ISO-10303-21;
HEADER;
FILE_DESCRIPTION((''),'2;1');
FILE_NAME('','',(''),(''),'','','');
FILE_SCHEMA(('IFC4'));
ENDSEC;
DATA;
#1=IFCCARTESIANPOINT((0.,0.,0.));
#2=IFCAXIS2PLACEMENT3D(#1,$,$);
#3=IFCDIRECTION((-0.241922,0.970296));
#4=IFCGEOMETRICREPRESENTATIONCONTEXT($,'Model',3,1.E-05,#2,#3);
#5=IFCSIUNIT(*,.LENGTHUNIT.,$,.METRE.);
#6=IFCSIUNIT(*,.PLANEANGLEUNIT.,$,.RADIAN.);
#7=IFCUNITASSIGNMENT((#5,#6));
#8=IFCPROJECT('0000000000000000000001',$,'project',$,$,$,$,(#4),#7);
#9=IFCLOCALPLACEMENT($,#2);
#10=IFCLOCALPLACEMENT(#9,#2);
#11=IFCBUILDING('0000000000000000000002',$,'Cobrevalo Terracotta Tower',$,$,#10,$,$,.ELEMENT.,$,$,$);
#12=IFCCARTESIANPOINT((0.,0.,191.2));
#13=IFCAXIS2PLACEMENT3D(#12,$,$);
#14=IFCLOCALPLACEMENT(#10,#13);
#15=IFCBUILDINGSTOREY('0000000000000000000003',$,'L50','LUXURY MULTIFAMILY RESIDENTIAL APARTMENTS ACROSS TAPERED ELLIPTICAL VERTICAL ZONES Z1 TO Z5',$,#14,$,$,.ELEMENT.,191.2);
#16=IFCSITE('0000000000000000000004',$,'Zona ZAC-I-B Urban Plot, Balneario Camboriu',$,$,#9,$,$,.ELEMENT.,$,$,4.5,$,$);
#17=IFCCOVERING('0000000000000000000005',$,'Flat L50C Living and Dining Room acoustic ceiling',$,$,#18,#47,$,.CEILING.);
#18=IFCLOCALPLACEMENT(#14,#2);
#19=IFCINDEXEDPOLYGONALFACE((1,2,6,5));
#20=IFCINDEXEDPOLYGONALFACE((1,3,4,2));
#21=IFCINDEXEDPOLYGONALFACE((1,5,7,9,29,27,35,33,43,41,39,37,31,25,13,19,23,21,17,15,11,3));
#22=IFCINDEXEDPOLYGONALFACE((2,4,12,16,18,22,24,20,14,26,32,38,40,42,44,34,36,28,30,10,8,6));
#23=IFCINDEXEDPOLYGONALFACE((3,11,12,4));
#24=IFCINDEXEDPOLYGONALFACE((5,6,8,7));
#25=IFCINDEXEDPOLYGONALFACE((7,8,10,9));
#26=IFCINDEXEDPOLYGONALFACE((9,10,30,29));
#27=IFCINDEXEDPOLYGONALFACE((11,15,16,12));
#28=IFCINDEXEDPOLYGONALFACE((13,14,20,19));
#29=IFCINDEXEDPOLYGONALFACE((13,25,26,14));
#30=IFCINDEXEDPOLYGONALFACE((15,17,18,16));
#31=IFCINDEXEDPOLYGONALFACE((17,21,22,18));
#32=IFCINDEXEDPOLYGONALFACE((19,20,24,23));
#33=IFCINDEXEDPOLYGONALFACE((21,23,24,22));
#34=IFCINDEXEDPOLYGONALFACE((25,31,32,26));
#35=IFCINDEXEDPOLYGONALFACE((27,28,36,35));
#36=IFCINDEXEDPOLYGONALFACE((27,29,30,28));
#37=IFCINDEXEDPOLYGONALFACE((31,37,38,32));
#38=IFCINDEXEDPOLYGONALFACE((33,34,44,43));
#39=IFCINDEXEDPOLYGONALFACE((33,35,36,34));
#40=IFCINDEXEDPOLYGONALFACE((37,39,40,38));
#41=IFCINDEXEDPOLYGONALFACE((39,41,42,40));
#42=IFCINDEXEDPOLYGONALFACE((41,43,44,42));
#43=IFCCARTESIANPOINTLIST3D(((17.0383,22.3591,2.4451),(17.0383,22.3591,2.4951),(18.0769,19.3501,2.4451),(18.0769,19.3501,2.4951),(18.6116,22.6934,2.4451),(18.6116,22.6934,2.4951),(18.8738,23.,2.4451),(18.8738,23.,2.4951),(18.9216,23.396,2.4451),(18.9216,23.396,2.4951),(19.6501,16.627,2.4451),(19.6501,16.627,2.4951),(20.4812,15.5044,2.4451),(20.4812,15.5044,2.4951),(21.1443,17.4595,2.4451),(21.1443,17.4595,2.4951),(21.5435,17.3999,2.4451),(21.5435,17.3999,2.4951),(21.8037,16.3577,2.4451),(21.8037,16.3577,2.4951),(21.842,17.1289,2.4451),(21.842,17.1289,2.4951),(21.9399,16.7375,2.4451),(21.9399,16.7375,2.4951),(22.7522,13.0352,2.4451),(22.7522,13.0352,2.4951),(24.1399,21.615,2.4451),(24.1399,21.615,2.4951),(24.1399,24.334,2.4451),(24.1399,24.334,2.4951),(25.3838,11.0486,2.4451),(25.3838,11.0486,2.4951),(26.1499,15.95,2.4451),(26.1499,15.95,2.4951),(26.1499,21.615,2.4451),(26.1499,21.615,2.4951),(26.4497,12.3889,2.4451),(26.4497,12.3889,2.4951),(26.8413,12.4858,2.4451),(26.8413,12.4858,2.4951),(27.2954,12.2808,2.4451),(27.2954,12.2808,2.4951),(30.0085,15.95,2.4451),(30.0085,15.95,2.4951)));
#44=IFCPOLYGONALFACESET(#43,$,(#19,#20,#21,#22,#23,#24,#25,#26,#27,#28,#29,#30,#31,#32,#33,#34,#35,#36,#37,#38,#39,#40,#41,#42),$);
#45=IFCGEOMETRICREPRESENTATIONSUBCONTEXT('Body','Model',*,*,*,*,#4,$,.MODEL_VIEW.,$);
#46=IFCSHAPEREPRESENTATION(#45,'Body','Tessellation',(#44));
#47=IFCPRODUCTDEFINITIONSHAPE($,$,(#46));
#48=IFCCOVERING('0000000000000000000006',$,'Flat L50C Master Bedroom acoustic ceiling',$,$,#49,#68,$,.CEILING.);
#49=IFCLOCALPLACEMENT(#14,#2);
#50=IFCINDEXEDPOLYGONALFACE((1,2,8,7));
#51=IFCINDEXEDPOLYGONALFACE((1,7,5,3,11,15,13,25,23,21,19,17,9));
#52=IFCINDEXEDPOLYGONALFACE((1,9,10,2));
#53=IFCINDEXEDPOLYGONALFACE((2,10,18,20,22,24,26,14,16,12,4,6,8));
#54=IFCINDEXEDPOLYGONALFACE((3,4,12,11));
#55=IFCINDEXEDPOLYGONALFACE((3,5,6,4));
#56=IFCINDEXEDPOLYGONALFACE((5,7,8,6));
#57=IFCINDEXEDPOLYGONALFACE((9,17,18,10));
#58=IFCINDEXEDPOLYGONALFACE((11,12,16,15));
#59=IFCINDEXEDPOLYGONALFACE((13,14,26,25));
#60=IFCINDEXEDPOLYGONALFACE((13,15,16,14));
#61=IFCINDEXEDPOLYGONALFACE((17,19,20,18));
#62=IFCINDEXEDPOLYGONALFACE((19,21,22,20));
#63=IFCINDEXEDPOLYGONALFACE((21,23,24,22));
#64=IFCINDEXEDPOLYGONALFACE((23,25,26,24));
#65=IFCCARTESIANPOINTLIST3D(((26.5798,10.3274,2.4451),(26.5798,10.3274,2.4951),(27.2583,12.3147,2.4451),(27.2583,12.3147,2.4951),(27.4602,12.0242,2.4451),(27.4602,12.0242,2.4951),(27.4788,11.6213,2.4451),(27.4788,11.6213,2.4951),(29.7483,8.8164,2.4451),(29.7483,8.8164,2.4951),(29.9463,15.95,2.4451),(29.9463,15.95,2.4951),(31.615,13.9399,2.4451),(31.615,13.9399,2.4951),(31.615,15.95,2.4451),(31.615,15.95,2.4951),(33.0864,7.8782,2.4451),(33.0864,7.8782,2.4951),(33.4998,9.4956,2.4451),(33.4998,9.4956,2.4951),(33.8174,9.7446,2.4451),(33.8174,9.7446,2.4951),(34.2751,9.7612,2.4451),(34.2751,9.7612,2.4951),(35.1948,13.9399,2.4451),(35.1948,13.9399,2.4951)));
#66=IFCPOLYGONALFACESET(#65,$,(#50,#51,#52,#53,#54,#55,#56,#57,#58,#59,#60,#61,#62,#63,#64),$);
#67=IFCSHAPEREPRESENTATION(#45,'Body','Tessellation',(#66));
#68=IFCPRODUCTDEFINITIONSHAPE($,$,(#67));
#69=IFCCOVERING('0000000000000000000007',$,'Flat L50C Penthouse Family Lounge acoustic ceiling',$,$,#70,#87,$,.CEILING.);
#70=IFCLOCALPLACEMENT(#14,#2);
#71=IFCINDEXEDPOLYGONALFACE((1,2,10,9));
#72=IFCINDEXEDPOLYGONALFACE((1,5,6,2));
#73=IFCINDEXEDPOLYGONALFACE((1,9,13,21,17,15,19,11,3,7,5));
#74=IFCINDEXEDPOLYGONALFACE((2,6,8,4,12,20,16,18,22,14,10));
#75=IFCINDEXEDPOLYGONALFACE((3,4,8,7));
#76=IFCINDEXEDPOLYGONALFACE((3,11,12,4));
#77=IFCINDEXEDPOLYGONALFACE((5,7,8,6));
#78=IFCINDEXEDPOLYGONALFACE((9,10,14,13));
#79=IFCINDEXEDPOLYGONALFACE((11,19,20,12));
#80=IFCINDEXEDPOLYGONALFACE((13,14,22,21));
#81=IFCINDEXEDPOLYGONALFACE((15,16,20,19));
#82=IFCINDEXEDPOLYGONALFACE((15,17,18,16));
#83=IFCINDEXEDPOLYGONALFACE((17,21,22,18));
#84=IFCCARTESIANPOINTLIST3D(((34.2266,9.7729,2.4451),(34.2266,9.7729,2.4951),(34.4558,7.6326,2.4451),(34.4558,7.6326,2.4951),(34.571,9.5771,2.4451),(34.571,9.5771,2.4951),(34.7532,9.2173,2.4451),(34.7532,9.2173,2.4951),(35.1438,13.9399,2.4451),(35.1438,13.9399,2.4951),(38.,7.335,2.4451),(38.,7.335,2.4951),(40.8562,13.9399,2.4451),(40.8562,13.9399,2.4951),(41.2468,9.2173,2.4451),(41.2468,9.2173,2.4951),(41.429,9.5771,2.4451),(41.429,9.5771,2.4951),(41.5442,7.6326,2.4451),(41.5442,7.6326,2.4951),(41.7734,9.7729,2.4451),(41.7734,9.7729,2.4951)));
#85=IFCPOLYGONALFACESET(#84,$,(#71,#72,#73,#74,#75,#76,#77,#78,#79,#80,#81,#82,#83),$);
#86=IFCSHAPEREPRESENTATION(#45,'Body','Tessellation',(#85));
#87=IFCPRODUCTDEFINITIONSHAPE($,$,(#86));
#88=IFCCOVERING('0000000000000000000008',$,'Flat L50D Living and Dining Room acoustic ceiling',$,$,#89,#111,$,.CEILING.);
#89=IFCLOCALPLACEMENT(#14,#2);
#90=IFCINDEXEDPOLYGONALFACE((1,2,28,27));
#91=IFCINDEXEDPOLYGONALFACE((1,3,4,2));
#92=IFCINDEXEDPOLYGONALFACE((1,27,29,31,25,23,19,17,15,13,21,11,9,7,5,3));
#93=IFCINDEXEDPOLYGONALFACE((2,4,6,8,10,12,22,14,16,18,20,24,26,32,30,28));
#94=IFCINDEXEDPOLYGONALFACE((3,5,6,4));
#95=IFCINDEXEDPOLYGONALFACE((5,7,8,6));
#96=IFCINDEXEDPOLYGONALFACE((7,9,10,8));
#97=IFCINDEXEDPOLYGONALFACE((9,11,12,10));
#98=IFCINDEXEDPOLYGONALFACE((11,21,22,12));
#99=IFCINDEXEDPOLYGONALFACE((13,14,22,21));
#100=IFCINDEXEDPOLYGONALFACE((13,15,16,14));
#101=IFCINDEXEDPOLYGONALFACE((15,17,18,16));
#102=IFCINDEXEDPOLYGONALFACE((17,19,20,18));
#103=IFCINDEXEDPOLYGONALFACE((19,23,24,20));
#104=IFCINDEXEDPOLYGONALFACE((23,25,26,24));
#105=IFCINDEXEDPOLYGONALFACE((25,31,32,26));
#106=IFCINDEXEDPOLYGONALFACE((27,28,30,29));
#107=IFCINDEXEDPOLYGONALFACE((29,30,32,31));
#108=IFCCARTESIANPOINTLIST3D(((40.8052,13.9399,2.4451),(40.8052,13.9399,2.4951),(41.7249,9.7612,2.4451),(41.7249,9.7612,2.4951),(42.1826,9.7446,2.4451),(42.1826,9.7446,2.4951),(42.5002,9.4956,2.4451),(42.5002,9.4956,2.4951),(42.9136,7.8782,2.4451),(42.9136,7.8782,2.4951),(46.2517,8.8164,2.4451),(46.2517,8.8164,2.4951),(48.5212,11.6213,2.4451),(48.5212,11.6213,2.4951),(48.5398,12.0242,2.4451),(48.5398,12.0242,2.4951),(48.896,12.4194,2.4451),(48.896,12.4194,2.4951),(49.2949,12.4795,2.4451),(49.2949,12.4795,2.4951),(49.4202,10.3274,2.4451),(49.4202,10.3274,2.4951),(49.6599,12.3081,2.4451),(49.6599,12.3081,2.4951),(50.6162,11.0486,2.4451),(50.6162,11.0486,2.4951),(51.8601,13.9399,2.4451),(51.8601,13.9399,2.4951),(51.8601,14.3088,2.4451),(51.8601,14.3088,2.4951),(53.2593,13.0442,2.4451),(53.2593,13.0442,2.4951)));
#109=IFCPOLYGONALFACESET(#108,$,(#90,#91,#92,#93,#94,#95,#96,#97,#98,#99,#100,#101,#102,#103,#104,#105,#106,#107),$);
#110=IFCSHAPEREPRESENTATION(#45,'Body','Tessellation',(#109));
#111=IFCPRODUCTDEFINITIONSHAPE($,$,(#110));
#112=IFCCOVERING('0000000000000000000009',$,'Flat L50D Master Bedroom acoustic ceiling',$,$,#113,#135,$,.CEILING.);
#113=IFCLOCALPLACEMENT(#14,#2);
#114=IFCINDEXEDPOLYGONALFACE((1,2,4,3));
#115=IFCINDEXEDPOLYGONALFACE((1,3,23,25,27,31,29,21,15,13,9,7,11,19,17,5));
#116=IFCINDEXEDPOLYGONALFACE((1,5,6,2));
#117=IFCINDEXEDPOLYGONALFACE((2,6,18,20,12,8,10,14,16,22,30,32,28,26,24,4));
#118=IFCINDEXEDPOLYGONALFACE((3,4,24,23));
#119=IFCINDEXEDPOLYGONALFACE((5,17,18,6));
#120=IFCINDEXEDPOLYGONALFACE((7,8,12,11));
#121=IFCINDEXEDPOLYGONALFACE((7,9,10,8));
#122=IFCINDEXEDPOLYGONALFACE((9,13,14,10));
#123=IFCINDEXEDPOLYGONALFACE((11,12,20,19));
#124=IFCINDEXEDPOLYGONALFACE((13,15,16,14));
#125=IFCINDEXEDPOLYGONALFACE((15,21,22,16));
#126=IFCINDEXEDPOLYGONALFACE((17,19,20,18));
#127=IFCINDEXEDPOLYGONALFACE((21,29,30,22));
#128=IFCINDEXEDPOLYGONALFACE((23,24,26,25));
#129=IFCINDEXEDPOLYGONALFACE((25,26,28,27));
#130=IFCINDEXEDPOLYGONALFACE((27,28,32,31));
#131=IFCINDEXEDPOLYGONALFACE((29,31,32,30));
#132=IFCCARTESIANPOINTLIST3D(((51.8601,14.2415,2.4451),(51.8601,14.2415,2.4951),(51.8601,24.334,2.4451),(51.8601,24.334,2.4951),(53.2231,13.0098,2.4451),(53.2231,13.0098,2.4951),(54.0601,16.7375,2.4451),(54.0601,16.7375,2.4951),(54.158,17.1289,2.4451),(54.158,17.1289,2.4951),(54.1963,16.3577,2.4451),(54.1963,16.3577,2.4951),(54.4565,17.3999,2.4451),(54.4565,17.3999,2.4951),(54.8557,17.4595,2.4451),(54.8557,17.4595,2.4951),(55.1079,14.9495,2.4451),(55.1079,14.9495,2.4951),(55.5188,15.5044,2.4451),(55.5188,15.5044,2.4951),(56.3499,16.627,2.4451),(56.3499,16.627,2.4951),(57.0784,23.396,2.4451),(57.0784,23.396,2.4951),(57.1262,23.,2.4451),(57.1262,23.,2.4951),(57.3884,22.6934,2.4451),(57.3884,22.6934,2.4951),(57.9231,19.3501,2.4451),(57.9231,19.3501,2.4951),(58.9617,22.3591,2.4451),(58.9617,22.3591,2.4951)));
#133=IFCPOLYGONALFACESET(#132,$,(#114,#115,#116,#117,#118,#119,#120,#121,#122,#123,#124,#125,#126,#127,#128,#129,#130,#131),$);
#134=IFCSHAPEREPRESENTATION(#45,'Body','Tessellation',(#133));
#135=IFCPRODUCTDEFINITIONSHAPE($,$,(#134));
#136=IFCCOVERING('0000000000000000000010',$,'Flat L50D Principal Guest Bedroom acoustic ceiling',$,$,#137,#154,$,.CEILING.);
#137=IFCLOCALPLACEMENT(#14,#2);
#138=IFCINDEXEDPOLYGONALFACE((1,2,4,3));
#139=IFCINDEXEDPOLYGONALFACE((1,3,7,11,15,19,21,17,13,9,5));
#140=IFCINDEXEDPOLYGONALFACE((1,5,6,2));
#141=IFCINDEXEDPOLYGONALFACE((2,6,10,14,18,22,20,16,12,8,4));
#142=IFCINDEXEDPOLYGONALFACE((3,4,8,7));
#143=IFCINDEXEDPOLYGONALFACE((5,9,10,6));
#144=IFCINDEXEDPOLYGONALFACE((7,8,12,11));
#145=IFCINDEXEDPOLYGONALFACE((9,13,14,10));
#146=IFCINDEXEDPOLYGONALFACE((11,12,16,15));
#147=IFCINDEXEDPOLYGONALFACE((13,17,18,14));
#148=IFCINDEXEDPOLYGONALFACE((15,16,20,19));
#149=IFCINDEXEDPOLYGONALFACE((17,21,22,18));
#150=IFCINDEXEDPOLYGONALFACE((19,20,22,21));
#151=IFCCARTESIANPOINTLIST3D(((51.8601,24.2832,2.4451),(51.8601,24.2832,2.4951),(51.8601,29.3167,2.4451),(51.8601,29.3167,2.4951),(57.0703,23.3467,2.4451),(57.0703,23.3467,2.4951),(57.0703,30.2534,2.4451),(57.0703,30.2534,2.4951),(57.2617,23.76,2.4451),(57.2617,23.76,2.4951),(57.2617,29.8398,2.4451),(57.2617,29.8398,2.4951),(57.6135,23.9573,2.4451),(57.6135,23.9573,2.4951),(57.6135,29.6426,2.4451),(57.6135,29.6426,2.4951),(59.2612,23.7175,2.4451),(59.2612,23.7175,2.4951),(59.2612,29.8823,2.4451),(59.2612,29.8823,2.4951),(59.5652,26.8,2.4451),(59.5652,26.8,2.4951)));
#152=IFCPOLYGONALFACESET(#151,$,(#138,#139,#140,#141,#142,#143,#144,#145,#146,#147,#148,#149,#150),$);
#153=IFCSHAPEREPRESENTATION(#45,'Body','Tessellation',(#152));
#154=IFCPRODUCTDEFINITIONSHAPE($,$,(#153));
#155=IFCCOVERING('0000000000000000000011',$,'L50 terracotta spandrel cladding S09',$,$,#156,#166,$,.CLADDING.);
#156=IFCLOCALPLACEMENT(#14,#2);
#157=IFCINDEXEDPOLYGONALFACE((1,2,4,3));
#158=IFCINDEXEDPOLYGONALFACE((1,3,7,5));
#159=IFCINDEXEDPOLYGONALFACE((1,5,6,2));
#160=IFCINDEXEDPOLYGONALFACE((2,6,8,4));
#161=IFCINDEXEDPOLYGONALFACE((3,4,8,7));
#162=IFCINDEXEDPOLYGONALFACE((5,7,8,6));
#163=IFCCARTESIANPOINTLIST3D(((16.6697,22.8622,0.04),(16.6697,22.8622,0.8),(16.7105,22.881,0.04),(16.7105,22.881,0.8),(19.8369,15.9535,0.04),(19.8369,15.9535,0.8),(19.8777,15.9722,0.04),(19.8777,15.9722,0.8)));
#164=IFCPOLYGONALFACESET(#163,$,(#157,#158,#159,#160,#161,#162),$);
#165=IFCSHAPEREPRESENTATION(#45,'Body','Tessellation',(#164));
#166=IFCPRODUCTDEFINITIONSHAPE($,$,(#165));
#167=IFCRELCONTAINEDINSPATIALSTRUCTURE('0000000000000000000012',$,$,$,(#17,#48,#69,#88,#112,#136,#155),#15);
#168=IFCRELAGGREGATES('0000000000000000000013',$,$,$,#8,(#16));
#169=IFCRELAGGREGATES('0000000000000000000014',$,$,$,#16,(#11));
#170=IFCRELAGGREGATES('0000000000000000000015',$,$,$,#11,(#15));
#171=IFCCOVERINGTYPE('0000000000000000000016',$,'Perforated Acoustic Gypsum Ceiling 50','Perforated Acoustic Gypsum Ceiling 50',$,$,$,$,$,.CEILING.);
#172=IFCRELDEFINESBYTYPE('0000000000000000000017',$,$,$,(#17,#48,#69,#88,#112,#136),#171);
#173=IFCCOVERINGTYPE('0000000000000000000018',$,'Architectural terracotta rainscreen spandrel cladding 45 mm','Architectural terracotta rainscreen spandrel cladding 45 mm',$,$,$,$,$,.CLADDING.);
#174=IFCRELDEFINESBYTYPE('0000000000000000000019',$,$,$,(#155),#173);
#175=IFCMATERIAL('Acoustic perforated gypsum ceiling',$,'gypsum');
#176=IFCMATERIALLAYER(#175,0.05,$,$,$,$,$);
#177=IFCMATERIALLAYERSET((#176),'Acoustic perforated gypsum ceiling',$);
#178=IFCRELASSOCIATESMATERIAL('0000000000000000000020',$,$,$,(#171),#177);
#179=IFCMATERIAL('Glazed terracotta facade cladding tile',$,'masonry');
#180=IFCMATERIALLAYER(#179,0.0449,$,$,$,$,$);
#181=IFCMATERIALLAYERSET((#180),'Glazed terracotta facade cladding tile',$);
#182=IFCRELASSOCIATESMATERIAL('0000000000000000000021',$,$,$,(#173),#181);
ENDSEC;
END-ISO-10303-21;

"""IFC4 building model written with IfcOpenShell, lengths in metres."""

from ifc_helpers import new_model, si_unit, direction, frame, origin, origin_2d, place, context, subcontext, project, spatial, polyline, rectangle, outline, extrude, source, transform, mapped, material, layer, layer_set, type_object, element, save


model = new_model("IFC4")

# Units and contexts
model_context = context("Model", 3, precision=1e-05, world=origin(), true_north=direction((-0.241922, 0.970296)))
body_context = subcontext(model_context, "Body", "Model", "MODEL_VIEW")
ifc_project = project(units=[si_unit("LENGTHUNIT", "METRE"), si_unit("PLANEANGLEUNIT", "RADIAN")], contexts=[model_context])

# Site, building, storey
site_placement = place(None, origin())
site = spatial("IfcSite", under=ifc_project, at=site_placement, Name="Zona ZAC-I-B Urban Plot, Balneario Camboriu", CompositionType="ELEMENT", RefElevation=4.5)
building_placement = place(site_placement, origin())
building = spatial("IfcBuilding", under=site, at=building_placement, Name="Cobrevalo Terracotta Tower", CompositionType="ELEMENT")
storey_placement = place(building_placement, frame((0.0, 0.0, 191.2)))
storey = spatial("IfcBuildingStorey", under=building, at=storey_placement, Name="L50", Description="LUXURY MULTIFAMILY RESIDENTIAL APARTMENTS ACROSS TAPERED ELLIPTICAL VERTICAL ZONES Z1 TO Z5", CompositionType="ELEMENT", Elevation=191.2)

# Coverings
ifc_material_1 = material(Name="Acoustic perforated gypsum ceiling", Category="gypsum")
ifc_layer_1 = layer(ifc_material_1, 0.05)
ifc_layer_set_1 = layer_set([ifc_layer_1], Name="Acoustic perforated gypsum ceiling")
covering_type_1 = type_object("IfcCoveringType", Name="Perforated Acoustic Gypsum Ceiling 50", Description="Perforated Acoustic Gypsum Ceiling 50", PredefinedType="CEILING", material=ifc_layer_set_1)
covering_1_placement = place(storey_placement, frame((0.0, 0.0, 2.4451)))
element("IfcCovering", 1, at=covering_1_placement, inside=storey, type_object=covering_type_1, Name="Flat L50C Living and Dining Room acoustic ceiling", PredefinedType="CEILING", context=body_context, shape_type="SweptSolid", body=[
    extrude(outline(polyline([(22.7522, 13.0352), (20.4812, 15.5044), (21.8037, 16.3577), (21.9399, 16.7375), (21.842, 17.1289), (21.5435, 17.3999), (21.1443, 17.4595), (19.6501, 16.627), (18.0769, 19.3501), (17.0383, 22.3591), (18.6116, 22.6934), (18.8738, 23.0), (18.9216, 23.396), (24.1399, 24.334), (24.1399, 21.615), (26.1499, 21.615), (26.1499, 15.95), (30.0085, 15.95), (27.2954, 12.2808), (26.8413, 12.4858), (26.4497, 12.3889), (25.3838, 11.0486), (22.7522, 13.0352)])), origin(), (0.0, 0.0, 1.0), 0.05),
])
covering_2_placement = place(storey_placement, frame((0.0, 0.0, 2.4451)))
element("IfcCovering", 2, at=covering_2_placement, inside=storey, type_object=covering_type_1, Name="Flat L50C Master Bedroom acoustic ceiling", PredefinedType="CEILING", context=body_context, shape_type="SweptSolid", body=[
    extrude(outline(polyline([(29.7483, 8.8164), (26.5798, 10.3274), (27.4788, 11.6213), (27.4602, 12.0242), (27.2583, 12.3147), (29.9463, 15.95), (31.615, 15.95), (31.615, 13.9399), (35.1948, 13.9399), (34.2751, 9.7612), (33.8174, 9.7446), (33.4998, 9.4956), (33.0864, 7.8782), (29.7483, 8.8164)])), origin(), (0.0, 0.0, 1.0), 0.05),
])
covering_3_placement = place(storey_placement, frame((0.0, 0.0, 2.4451)))
element("IfcCovering", 3, at=covering_3_placement, inside=storey, type_object=covering_type_1, Name="Flat L50C Penthouse Family Lounge acoustic ceiling", PredefinedType="CEILING", context=body_context, shape_type="SweptSolid", body=[
    extrude(outline(polyline([(34.4558, 7.6326), (34.7532, 9.2173), (34.571, 9.5771), (34.2266, 9.7729), (35.1438, 13.9399), (40.8562, 13.9399), (41.7734, 9.7729), (41.429, 9.5771), (41.2468, 9.2173), (41.5442, 7.6326), (38.0, 7.335), (34.4558, 7.6326)])), origin(), (0.0, 0.0, 1.0), 0.05),
])
covering_4_placement = place(storey_placement, frame((0.0, 0.0, 2.4451)))
element("IfcCovering", 4, at=covering_4_placement, inside=storey, type_object=covering_type_1, Name="Flat L50D Living and Dining Room acoustic ceiling", PredefinedType="CEILING", context=body_context, shape_type="SweptSolid", body=[
    extrude(outline(polyline([(50.6162, 11.0486), (49.6599, 12.3081), (49.2949, 12.4795), (48.896, 12.4194), (48.5398, 12.0242), (48.5212, 11.6213), (49.4202, 10.3274), (46.2517, 8.8164), (42.9136, 7.8782), (42.5002, 9.4956), (42.1826, 9.7446), (41.7249, 9.7612), (40.8052, 13.9399), (51.8601, 13.9399), (51.8601, 14.3088), (53.2593, 13.0442), (50.6162, 11.0486)])), origin(), (0.0, 0.0, 1.0), 0.05),
])
covering_5_placement = place(storey_placement, frame((0.0, 0.0, 2.4451)))
element("IfcCovering", 5, at=covering_5_placement, inside=storey, type_object=covering_type_1, Name="Flat L50D Master Bedroom acoustic ceiling", PredefinedType="CEILING", context=body_context, shape_type="SweptSolid", body=[
    extrude(outline(polyline([(51.8601, 14.2415), (51.8601, 24.334), (57.0784, 23.396), (57.1262, 23.0), (57.3884, 22.6934), (58.9617, 22.3591), (57.9231, 19.3501), (56.3499, 16.627), (54.8557, 17.4595), (54.4565, 17.3999), (54.158, 17.1289), (54.0601, 16.7375), (54.1963, 16.3577), (55.5188, 15.5044), (55.1079, 14.9495), (53.2231, 13.0098), (51.8601, 14.2415)])), origin(), (0.0, 0.0, 1.0), 0.05),
])
covering_6_placement = place(storey_placement, frame((0.0, 0.0, 2.4451)))
element("IfcCovering", 6, at=covering_6_placement, inside=storey, type_object=covering_type_1, Name="Flat L50D Principal Guest Bedroom acoustic ceiling", PredefinedType="CEILING", context=body_context, shape_type="SweptSolid", body=[
    extrude(outline(polyline([(57.0703, 30.2534), (57.2617, 29.8398), (57.6135, 29.6426), (59.2612, 29.8823), (59.5652, 26.8), (59.2612, 23.7175), (57.6135, 23.9573), (57.2617, 23.76), (57.0703, 23.3467), (51.8601, 24.2832), (51.8601, 29.3167), (57.0703, 30.2534)])), origin(), (0.0, 0.0, 1.0), 0.05),
])
ifc_material_2 = material(Name="Glazed terracotta facade cladding tile", Category="masonry")
ifc_layer_2 = layer(ifc_material_2, 0.0449)
ifc_layer_set_2 = layer_set([ifc_layer_2], Name="Glazed terracotta facade cladding tile")
covering_type_2 = type_object("IfcCoveringType", Name="Architectural terracotta rainscreen spandrel cladding 45 mm", Description="Architectural terracotta rainscreen spandrel cladding 45 mm", PredefinedType="CLADDING", material=ifc_layer_set_2)
shared_shape_1 = source(origin(), body_context, "Body", "SweptSolid", [
    extrude(rectangle(XDim=7.6001, YDim=0.0449, at=origin_2d()), origin(), (0.0, 0.0, 1.0), 0.76),
])
covering_7_placement = place(storey_placement, frame((18.2737, 19.4172, 0.04), z_axis=(0.0, 0.0, 1.0), x_axis=(0.416731, -0.90903, 0.0)))
element("IfcCovering", 7, at=covering_7_placement, inside=storey, type_object=covering_type_2, Name="L50 terracotta spandrel cladding S09", PredefinedType="CLADDING", context=body_context, shape_type="MappedRepresentation", body=[
    mapped(shared_shape_1, transform((0.0, 0.0, 0.0), scale=1.0)),
])

save(model, "model.ifc")
